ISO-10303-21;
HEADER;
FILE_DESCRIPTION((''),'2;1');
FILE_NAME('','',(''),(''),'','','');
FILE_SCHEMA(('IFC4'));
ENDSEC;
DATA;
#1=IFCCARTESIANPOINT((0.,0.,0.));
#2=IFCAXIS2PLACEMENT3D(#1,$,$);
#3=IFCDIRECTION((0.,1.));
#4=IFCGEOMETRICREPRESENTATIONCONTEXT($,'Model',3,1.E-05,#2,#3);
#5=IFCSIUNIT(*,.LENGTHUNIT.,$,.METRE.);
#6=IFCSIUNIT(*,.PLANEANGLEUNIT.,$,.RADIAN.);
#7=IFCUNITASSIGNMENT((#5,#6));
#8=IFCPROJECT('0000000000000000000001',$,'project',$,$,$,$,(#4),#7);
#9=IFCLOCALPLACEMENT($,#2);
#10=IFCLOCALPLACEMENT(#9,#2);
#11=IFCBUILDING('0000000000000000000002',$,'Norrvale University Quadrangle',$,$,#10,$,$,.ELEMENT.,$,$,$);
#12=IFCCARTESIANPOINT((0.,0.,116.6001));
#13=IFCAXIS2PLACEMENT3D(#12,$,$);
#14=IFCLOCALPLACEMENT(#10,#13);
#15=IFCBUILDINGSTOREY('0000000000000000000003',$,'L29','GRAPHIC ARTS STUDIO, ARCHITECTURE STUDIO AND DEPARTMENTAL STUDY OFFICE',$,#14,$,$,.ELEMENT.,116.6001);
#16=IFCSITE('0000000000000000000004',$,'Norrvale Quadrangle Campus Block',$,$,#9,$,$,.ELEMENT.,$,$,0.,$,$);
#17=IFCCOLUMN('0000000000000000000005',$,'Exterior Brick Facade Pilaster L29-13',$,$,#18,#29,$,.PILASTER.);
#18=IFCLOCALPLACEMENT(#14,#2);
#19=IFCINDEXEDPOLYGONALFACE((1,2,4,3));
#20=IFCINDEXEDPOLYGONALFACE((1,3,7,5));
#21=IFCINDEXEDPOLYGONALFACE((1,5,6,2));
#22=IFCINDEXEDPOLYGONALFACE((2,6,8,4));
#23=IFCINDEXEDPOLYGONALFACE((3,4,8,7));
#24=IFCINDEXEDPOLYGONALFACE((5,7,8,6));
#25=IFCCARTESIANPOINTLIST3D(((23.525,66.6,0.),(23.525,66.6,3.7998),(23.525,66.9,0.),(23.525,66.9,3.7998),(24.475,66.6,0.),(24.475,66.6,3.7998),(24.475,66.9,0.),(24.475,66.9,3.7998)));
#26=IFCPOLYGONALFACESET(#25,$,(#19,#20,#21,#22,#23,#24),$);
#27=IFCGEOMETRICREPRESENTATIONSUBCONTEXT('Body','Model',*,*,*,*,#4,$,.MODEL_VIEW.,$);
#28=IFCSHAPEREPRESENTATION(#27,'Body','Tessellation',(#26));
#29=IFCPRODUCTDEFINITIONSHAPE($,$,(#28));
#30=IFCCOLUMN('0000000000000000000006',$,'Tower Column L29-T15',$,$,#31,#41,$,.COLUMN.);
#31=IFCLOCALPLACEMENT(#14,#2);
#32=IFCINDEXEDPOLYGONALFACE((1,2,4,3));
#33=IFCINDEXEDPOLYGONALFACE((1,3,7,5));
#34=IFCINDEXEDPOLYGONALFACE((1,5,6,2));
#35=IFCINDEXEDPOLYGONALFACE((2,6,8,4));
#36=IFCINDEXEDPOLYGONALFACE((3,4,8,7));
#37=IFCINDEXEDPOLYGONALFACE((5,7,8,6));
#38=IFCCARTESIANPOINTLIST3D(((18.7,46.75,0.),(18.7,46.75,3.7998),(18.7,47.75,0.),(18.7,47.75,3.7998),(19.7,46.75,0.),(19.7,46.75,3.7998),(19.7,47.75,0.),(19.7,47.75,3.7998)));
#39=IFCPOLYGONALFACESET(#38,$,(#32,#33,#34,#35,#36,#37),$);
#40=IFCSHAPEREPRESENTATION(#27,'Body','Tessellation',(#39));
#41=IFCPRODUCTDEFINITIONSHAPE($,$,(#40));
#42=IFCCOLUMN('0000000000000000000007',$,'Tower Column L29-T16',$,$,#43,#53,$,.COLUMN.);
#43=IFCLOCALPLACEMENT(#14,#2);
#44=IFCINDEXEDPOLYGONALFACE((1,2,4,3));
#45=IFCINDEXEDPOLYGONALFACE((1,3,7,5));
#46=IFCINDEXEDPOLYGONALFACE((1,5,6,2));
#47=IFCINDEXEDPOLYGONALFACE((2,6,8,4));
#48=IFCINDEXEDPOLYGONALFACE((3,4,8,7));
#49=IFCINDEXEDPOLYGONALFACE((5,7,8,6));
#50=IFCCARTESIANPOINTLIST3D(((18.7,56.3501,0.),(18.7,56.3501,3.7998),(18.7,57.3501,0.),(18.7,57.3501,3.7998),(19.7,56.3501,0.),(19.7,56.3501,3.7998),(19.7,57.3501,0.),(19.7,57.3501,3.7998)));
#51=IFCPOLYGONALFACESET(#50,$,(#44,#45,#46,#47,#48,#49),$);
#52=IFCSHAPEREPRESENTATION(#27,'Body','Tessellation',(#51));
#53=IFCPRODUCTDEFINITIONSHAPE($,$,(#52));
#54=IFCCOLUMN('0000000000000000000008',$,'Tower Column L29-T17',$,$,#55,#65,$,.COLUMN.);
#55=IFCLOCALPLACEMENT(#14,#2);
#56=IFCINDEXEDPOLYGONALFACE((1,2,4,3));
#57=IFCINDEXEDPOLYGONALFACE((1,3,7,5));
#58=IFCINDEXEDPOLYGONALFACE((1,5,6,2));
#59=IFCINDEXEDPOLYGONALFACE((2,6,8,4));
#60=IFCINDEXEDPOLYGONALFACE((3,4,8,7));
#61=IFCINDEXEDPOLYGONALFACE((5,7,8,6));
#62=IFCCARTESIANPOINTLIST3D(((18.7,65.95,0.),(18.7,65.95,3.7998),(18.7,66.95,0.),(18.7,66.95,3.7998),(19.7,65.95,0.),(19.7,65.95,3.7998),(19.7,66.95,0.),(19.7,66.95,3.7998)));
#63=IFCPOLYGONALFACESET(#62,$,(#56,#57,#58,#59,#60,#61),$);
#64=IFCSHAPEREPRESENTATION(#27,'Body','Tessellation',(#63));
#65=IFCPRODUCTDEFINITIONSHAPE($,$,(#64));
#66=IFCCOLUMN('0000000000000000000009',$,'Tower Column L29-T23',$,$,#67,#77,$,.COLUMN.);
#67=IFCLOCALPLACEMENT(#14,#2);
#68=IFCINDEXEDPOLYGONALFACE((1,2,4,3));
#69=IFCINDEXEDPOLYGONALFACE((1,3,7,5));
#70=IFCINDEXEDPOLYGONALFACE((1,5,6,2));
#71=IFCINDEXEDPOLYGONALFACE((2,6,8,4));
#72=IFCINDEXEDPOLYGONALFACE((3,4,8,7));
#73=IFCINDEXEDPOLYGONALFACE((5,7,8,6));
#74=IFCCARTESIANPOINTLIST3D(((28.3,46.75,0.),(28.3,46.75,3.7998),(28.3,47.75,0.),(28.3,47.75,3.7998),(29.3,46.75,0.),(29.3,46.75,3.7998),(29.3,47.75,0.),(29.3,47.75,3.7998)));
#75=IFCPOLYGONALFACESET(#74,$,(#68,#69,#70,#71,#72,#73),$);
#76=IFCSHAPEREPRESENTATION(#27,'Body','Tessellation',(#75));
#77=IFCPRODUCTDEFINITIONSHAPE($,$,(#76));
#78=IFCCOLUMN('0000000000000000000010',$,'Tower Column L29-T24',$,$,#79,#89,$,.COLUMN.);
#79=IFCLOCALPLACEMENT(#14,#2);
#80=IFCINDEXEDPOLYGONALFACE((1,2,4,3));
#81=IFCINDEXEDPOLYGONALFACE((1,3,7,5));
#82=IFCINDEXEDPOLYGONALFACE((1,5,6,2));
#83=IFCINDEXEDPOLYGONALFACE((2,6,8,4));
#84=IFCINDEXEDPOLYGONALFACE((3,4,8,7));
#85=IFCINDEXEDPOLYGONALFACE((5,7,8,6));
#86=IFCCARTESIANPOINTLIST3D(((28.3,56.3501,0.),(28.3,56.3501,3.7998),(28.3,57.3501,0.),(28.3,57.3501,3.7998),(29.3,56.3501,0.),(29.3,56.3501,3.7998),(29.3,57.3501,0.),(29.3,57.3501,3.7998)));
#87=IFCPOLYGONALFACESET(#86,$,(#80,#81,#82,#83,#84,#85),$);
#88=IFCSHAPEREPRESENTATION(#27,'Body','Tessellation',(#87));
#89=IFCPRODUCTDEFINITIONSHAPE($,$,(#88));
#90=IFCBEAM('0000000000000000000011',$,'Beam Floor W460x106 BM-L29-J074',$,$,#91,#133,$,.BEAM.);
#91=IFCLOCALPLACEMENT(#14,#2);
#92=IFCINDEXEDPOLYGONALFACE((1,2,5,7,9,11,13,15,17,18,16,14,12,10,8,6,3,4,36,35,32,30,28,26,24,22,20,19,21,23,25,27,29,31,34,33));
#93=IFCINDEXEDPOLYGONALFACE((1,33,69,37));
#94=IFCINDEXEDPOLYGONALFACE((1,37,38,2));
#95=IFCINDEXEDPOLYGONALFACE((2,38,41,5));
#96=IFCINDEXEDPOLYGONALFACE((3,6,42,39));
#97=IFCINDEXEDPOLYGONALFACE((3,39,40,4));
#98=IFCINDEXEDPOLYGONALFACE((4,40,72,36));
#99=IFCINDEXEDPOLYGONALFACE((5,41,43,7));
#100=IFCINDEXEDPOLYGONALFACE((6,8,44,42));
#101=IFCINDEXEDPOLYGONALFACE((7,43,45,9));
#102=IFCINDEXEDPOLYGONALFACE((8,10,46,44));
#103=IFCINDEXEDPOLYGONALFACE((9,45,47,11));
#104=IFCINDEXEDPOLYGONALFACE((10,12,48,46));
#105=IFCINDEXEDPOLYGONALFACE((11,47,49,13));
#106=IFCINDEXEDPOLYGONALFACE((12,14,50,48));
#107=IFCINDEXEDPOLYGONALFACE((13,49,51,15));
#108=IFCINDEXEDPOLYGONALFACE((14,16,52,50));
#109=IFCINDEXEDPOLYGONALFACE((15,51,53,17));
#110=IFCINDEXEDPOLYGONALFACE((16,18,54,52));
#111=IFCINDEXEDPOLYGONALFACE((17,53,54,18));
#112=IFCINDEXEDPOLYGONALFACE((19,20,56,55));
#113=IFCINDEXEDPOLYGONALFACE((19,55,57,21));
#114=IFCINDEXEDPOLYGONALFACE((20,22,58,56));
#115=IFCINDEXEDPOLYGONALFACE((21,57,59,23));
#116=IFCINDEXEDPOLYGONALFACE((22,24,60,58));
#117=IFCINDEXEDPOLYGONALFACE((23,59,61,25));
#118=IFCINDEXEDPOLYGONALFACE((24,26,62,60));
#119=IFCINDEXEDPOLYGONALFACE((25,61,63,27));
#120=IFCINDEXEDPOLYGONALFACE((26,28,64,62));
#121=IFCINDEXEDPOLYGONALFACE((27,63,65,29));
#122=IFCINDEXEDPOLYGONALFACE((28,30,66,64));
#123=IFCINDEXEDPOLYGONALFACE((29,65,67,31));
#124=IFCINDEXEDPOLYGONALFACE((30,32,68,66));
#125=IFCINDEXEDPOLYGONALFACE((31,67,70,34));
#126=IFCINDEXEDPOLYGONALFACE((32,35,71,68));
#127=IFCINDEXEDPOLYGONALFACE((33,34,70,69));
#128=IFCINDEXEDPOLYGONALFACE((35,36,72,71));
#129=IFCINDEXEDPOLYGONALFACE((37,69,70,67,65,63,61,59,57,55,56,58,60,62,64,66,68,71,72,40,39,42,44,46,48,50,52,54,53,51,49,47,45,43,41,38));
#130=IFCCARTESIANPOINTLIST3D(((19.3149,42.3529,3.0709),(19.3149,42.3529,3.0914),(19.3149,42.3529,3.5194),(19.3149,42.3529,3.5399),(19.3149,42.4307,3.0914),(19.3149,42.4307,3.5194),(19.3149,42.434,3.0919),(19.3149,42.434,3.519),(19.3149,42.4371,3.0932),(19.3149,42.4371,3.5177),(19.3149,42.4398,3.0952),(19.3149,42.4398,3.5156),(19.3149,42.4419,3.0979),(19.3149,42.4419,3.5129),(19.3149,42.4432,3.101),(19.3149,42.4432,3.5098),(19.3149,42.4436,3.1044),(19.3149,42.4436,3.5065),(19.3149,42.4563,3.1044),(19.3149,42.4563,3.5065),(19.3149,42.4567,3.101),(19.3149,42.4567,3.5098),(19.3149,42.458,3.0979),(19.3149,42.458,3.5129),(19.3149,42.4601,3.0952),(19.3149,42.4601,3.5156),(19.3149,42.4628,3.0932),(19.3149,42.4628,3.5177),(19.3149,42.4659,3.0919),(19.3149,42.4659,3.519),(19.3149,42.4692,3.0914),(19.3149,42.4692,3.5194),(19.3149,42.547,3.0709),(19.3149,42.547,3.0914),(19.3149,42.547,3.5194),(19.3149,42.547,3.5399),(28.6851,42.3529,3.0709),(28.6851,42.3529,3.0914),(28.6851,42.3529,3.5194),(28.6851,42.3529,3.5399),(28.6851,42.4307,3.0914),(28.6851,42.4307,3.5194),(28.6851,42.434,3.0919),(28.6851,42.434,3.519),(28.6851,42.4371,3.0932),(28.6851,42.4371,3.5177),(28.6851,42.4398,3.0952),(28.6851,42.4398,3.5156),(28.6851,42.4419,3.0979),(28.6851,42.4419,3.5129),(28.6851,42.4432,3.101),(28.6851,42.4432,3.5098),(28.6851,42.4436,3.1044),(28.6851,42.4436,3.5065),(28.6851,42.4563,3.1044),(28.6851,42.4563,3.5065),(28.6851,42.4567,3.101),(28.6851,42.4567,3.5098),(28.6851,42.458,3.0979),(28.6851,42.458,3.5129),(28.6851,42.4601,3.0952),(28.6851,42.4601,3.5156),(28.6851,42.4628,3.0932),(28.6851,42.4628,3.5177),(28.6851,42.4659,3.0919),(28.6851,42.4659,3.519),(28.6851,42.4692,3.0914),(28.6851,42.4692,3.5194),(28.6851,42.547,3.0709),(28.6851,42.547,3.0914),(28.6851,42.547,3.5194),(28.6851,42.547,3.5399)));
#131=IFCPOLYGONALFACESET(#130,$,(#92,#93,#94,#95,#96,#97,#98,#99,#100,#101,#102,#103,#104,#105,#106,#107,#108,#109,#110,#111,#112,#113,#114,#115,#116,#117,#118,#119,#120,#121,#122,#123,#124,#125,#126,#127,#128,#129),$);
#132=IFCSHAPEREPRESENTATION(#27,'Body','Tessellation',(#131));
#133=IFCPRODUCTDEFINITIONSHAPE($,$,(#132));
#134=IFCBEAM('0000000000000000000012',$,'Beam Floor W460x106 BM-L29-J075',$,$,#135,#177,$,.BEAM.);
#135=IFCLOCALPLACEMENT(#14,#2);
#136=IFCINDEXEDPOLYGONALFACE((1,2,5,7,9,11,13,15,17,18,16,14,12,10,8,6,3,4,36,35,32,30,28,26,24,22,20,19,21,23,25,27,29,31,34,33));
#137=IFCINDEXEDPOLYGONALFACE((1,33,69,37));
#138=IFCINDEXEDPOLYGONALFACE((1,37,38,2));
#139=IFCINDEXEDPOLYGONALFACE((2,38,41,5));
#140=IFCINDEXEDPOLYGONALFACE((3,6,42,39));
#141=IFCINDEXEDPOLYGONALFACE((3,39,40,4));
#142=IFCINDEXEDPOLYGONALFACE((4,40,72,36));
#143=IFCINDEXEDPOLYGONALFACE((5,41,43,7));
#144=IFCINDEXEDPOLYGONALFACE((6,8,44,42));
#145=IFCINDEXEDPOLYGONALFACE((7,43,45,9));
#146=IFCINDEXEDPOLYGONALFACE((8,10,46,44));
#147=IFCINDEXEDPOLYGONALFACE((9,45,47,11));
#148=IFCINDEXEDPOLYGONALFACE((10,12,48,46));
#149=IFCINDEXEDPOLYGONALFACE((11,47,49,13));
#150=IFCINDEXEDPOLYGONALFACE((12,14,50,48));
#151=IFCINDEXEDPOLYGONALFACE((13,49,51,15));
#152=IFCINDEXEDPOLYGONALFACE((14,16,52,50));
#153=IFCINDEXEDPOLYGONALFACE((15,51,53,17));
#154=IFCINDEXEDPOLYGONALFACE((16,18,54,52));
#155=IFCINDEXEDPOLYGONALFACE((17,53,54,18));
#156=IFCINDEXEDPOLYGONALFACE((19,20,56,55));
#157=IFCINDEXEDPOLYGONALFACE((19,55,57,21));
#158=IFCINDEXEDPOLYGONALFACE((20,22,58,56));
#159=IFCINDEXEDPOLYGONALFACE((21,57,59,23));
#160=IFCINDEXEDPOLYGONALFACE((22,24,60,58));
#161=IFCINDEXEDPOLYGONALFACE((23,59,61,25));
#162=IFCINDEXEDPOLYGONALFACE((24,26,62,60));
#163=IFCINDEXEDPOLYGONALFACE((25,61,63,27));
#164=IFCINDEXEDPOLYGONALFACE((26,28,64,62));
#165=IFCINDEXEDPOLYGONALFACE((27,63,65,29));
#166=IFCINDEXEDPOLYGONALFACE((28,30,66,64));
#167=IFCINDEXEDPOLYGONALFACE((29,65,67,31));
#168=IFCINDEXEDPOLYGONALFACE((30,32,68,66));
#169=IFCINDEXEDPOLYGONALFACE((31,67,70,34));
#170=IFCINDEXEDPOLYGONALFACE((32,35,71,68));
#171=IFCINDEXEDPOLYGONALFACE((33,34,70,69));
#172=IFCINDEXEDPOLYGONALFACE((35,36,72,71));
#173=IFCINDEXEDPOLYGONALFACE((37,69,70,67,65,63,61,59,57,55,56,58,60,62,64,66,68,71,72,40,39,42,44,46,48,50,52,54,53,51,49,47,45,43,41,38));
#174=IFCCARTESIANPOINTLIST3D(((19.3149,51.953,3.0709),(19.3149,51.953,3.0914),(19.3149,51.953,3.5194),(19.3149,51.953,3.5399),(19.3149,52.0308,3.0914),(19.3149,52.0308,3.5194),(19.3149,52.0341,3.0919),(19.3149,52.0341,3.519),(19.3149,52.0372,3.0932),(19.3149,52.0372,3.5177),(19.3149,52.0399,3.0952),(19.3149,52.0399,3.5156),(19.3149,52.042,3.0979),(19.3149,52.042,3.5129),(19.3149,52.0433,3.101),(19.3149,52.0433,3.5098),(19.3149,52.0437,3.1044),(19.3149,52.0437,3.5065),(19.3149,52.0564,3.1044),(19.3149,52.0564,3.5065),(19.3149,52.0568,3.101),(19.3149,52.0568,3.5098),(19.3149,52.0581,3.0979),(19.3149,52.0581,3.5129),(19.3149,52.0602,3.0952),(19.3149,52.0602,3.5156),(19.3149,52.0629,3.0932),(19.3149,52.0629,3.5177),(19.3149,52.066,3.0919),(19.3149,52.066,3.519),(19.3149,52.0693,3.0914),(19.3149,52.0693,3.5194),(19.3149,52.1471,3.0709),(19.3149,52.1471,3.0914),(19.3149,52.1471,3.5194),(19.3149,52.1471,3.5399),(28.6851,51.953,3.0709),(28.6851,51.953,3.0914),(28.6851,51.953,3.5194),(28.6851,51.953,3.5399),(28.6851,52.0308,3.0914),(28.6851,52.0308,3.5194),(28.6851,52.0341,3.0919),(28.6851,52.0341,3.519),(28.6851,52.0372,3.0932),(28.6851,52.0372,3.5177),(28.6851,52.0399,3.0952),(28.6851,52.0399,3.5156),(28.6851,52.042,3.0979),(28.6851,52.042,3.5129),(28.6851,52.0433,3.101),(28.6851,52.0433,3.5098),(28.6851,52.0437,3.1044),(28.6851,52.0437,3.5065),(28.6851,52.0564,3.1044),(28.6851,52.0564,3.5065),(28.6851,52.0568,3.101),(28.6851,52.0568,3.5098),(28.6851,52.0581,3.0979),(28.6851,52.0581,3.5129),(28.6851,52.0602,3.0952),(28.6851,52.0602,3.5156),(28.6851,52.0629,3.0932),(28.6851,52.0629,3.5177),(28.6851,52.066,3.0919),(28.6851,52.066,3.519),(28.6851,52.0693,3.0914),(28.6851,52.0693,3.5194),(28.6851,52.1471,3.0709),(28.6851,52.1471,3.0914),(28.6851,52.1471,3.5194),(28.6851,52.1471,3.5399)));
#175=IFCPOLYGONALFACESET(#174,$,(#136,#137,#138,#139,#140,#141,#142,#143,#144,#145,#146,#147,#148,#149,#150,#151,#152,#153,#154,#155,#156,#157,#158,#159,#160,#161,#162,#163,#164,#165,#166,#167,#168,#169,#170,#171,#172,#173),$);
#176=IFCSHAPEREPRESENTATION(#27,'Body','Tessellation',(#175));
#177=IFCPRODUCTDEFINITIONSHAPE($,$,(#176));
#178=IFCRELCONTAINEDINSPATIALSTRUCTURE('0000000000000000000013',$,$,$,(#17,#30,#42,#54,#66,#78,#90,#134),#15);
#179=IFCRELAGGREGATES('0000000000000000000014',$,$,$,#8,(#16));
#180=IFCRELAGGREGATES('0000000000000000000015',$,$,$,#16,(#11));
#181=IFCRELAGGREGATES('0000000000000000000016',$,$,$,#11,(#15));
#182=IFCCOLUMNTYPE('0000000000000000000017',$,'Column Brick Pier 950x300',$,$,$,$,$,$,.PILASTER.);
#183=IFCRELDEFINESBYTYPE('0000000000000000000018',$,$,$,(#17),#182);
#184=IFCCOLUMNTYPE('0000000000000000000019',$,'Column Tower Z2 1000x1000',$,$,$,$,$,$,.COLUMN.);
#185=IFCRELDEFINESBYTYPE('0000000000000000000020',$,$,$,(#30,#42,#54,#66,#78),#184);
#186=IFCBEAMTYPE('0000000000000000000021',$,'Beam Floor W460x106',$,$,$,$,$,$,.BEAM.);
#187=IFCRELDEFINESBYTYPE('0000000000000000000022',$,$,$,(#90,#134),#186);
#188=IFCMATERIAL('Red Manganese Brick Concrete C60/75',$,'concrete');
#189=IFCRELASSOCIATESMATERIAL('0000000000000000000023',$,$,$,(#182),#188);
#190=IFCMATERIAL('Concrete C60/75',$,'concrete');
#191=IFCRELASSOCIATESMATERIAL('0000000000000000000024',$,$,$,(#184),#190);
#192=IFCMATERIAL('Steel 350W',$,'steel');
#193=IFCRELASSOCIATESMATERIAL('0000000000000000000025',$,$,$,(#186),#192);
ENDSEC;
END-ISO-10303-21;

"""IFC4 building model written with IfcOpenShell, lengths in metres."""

from ifc_helpers import new_model, si_unit, direction, frame, origin, origin_2d, place, context, subcontext, project, spatial, rectangle, i_section, extrude, material, material_profile, profile_set, type_object, element, save


model = new_model("IFC4")

# Units and contexts
model_context = context("Model", 3, precision=1e-05, world=origin(), true_north=direction((0.0, 1.0)))
body_context = subcontext(model_context, "Body", "Model", "MODEL_VIEW")
ifc_project = project(units=[si_unit("LENGTHUNIT", "METRE"), si_unit("PLANEANGLEUNIT", "RADIAN")], contexts=[model_context])

# Site, building, storey
site_placement = place(None, origin())
site = spatial("IfcSite", under=ifc_project, at=site_placement, Name="Norrvale Quadrangle Campus Block", CompositionType="ELEMENT", RefElevation=0.0)
building_placement = place(site_placement, origin())
building = spatial("IfcBuilding", under=site, at=building_placement, Name="Norrvale University Quadrangle", CompositionType="ELEMENT")
storey_placement = place(building_placement, frame((0.0, 0.0, 116.6001)))
storey = spatial("IfcBuildingStorey", under=building, at=storey_placement, Name="L29", Description="GRAPHIC ARTS STUDIO, ARCHITECTURE STUDIO AND DEPARTMENTAL STUDY OFFICE", CompositionType="ELEMENT", Elevation=116.6001)

# Columns
ifc_material_1 = material(Name="Red Manganese Brick Concrete C60/75", Category="concrete")
ifc_material_profile_1 = material_profile(ifc_material_1, rectangle(XDim=0.95, YDim=0.3, at=origin_2d()), Name="Red Manganese Brick Concrete C60/75")
ifc_profile_set_1 = profile_set([ifc_material_profile_1], Name="Red Manganese Brick Concrete C60/75")
column_type_1 = type_object("IfcColumnType", Name="Column Brick Pier 950x300", PredefinedType="PILASTER", material=ifc_profile_set_1)
column_placement = place(storey_placement, frame((24.0, 66.75, 0.0), z_axis=(0.0, 0.0, 1.0), x_axis=(1.0, 0.0, 0.0)))
element("IfcColumn", 1, at=column_placement, inside=storey, type_object=column_type_1, Name="Exterior Brick Facade Pilaster L29-13", PredefinedType="PILASTER", context=body_context, shape_type="SweptSolid", body=[
    extrude(rectangle(XDim=0.95, YDim=0.3, at=origin_2d()), origin(), (0.0, 0.0, 1.0), 3.7998),
])
ifc_material_2 = material(Name="Concrete C60/75", Category="concrete")
ifc_material_profile_2 = material_profile(ifc_material_2, rectangle(XDim=1.0, YDim=1.0, at=origin_2d()), Name="Concrete C60/75")
ifc_profile_set_2 = profile_set([ifc_material_profile_2], Name="Concrete C60/75")
column_type_2 = type_object("IfcColumnType", Name="Column Tower Z2 1000x1000", PredefinedType="COLUMN", material=ifc_profile_set_2)
for number, where, z_axis, x_axis, name in (
    (2, (19.2, 47.25, 0.0), (0.0, 0.0, 1.0), (1.0, 0.0, 0.0), "Tower Column L29-T15"),
    (3, (19.2, 56.8501, 0.0), (0.0, 0.0, 1.0), (1.0, 0.0, 0.0), "Tower Column L29-T16"),
    (4, (19.2, 66.45, 0.0), (0.0, 0.0, 1.0), (1.0, 0.0, 0.0), "Tower Column L29-T17"),
    (5, (28.8, 47.25, 0.0), (0.0, 0.0, 1.0), (1.0, 0.0, 0.0), "Tower Column L29-T23"),
    (6, (28.8, 56.8501, 0.0), (0.0, 0.0, 1.0), (1.0, 0.0, 0.0), "Tower Column L29-T24"),
):
    element("IfcColumn", number, at=place(storey_placement, frame(where, z_axis=z_axis, x_axis=x_axis)), inside=storey, type_object=column_type_2, Name=name, PredefinedType="COLUMN", context=body_context, shape_type="SweptSolid", body=[
        extrude(rectangle(XDim=1.0, YDim=1.0, at=origin_2d()), origin(), (0.0, 0.0, 1.0), 3.7998),
    ])

# Beams
ifc_material_3 = material(Name="Steel 350W", Category="steel")
ifc_material_profile_3 = material_profile(ifc_material_3, i_section(OverallWidth=0.1941, OverallDepth=0.469, WebThickness=0.0127, FlangeThickness=0.0205, FilletRadius=0.0129, at=origin_2d()), Name="Steel 350W")
ifc_profile_set_3 = profile_set([ifc_material_profile_3], Name="Steel 350W")
beam_type_1 = type_object("IfcBeamType", Name="Beam Floor W460x106", PredefinedType="BEAM", material=ifc_profile_set_3)
for number, where, z_axis, x_axis, name in (
    (7, (19.3149, 42.45, 3.3054), (1.0, 0.0, 0.0), (0.0, 1.0, 0.0), "Beam Floor W460x106 BM-L29-J074"),
    (8, (19.3149, 52.05, 3.3054), (1.0, 0.0, 0.0), (0.0, 1.0, 0.0), "Beam Floor W460x106 BM-L29-J075"),
):
    element("IfcBeam", number, at=place(storey_placement, frame(where, z_axis=z_axis, x_axis=x_axis)), inside=storey, type_object=beam_type_1, Name=name, PredefinedType="BEAM", context=body_context, shape_type="SweptSolid", body=[
        extrude(i_section(OverallWidth=0.1941, OverallDepth=0.469, WebThickness=0.0127, FlangeThickness=0.0205, FilletRadius=0.0129, at=origin_2d()), origin(), (0.0, 0.0, 1.0), 9.3701),
    ])

save(model, "model.ifc")
